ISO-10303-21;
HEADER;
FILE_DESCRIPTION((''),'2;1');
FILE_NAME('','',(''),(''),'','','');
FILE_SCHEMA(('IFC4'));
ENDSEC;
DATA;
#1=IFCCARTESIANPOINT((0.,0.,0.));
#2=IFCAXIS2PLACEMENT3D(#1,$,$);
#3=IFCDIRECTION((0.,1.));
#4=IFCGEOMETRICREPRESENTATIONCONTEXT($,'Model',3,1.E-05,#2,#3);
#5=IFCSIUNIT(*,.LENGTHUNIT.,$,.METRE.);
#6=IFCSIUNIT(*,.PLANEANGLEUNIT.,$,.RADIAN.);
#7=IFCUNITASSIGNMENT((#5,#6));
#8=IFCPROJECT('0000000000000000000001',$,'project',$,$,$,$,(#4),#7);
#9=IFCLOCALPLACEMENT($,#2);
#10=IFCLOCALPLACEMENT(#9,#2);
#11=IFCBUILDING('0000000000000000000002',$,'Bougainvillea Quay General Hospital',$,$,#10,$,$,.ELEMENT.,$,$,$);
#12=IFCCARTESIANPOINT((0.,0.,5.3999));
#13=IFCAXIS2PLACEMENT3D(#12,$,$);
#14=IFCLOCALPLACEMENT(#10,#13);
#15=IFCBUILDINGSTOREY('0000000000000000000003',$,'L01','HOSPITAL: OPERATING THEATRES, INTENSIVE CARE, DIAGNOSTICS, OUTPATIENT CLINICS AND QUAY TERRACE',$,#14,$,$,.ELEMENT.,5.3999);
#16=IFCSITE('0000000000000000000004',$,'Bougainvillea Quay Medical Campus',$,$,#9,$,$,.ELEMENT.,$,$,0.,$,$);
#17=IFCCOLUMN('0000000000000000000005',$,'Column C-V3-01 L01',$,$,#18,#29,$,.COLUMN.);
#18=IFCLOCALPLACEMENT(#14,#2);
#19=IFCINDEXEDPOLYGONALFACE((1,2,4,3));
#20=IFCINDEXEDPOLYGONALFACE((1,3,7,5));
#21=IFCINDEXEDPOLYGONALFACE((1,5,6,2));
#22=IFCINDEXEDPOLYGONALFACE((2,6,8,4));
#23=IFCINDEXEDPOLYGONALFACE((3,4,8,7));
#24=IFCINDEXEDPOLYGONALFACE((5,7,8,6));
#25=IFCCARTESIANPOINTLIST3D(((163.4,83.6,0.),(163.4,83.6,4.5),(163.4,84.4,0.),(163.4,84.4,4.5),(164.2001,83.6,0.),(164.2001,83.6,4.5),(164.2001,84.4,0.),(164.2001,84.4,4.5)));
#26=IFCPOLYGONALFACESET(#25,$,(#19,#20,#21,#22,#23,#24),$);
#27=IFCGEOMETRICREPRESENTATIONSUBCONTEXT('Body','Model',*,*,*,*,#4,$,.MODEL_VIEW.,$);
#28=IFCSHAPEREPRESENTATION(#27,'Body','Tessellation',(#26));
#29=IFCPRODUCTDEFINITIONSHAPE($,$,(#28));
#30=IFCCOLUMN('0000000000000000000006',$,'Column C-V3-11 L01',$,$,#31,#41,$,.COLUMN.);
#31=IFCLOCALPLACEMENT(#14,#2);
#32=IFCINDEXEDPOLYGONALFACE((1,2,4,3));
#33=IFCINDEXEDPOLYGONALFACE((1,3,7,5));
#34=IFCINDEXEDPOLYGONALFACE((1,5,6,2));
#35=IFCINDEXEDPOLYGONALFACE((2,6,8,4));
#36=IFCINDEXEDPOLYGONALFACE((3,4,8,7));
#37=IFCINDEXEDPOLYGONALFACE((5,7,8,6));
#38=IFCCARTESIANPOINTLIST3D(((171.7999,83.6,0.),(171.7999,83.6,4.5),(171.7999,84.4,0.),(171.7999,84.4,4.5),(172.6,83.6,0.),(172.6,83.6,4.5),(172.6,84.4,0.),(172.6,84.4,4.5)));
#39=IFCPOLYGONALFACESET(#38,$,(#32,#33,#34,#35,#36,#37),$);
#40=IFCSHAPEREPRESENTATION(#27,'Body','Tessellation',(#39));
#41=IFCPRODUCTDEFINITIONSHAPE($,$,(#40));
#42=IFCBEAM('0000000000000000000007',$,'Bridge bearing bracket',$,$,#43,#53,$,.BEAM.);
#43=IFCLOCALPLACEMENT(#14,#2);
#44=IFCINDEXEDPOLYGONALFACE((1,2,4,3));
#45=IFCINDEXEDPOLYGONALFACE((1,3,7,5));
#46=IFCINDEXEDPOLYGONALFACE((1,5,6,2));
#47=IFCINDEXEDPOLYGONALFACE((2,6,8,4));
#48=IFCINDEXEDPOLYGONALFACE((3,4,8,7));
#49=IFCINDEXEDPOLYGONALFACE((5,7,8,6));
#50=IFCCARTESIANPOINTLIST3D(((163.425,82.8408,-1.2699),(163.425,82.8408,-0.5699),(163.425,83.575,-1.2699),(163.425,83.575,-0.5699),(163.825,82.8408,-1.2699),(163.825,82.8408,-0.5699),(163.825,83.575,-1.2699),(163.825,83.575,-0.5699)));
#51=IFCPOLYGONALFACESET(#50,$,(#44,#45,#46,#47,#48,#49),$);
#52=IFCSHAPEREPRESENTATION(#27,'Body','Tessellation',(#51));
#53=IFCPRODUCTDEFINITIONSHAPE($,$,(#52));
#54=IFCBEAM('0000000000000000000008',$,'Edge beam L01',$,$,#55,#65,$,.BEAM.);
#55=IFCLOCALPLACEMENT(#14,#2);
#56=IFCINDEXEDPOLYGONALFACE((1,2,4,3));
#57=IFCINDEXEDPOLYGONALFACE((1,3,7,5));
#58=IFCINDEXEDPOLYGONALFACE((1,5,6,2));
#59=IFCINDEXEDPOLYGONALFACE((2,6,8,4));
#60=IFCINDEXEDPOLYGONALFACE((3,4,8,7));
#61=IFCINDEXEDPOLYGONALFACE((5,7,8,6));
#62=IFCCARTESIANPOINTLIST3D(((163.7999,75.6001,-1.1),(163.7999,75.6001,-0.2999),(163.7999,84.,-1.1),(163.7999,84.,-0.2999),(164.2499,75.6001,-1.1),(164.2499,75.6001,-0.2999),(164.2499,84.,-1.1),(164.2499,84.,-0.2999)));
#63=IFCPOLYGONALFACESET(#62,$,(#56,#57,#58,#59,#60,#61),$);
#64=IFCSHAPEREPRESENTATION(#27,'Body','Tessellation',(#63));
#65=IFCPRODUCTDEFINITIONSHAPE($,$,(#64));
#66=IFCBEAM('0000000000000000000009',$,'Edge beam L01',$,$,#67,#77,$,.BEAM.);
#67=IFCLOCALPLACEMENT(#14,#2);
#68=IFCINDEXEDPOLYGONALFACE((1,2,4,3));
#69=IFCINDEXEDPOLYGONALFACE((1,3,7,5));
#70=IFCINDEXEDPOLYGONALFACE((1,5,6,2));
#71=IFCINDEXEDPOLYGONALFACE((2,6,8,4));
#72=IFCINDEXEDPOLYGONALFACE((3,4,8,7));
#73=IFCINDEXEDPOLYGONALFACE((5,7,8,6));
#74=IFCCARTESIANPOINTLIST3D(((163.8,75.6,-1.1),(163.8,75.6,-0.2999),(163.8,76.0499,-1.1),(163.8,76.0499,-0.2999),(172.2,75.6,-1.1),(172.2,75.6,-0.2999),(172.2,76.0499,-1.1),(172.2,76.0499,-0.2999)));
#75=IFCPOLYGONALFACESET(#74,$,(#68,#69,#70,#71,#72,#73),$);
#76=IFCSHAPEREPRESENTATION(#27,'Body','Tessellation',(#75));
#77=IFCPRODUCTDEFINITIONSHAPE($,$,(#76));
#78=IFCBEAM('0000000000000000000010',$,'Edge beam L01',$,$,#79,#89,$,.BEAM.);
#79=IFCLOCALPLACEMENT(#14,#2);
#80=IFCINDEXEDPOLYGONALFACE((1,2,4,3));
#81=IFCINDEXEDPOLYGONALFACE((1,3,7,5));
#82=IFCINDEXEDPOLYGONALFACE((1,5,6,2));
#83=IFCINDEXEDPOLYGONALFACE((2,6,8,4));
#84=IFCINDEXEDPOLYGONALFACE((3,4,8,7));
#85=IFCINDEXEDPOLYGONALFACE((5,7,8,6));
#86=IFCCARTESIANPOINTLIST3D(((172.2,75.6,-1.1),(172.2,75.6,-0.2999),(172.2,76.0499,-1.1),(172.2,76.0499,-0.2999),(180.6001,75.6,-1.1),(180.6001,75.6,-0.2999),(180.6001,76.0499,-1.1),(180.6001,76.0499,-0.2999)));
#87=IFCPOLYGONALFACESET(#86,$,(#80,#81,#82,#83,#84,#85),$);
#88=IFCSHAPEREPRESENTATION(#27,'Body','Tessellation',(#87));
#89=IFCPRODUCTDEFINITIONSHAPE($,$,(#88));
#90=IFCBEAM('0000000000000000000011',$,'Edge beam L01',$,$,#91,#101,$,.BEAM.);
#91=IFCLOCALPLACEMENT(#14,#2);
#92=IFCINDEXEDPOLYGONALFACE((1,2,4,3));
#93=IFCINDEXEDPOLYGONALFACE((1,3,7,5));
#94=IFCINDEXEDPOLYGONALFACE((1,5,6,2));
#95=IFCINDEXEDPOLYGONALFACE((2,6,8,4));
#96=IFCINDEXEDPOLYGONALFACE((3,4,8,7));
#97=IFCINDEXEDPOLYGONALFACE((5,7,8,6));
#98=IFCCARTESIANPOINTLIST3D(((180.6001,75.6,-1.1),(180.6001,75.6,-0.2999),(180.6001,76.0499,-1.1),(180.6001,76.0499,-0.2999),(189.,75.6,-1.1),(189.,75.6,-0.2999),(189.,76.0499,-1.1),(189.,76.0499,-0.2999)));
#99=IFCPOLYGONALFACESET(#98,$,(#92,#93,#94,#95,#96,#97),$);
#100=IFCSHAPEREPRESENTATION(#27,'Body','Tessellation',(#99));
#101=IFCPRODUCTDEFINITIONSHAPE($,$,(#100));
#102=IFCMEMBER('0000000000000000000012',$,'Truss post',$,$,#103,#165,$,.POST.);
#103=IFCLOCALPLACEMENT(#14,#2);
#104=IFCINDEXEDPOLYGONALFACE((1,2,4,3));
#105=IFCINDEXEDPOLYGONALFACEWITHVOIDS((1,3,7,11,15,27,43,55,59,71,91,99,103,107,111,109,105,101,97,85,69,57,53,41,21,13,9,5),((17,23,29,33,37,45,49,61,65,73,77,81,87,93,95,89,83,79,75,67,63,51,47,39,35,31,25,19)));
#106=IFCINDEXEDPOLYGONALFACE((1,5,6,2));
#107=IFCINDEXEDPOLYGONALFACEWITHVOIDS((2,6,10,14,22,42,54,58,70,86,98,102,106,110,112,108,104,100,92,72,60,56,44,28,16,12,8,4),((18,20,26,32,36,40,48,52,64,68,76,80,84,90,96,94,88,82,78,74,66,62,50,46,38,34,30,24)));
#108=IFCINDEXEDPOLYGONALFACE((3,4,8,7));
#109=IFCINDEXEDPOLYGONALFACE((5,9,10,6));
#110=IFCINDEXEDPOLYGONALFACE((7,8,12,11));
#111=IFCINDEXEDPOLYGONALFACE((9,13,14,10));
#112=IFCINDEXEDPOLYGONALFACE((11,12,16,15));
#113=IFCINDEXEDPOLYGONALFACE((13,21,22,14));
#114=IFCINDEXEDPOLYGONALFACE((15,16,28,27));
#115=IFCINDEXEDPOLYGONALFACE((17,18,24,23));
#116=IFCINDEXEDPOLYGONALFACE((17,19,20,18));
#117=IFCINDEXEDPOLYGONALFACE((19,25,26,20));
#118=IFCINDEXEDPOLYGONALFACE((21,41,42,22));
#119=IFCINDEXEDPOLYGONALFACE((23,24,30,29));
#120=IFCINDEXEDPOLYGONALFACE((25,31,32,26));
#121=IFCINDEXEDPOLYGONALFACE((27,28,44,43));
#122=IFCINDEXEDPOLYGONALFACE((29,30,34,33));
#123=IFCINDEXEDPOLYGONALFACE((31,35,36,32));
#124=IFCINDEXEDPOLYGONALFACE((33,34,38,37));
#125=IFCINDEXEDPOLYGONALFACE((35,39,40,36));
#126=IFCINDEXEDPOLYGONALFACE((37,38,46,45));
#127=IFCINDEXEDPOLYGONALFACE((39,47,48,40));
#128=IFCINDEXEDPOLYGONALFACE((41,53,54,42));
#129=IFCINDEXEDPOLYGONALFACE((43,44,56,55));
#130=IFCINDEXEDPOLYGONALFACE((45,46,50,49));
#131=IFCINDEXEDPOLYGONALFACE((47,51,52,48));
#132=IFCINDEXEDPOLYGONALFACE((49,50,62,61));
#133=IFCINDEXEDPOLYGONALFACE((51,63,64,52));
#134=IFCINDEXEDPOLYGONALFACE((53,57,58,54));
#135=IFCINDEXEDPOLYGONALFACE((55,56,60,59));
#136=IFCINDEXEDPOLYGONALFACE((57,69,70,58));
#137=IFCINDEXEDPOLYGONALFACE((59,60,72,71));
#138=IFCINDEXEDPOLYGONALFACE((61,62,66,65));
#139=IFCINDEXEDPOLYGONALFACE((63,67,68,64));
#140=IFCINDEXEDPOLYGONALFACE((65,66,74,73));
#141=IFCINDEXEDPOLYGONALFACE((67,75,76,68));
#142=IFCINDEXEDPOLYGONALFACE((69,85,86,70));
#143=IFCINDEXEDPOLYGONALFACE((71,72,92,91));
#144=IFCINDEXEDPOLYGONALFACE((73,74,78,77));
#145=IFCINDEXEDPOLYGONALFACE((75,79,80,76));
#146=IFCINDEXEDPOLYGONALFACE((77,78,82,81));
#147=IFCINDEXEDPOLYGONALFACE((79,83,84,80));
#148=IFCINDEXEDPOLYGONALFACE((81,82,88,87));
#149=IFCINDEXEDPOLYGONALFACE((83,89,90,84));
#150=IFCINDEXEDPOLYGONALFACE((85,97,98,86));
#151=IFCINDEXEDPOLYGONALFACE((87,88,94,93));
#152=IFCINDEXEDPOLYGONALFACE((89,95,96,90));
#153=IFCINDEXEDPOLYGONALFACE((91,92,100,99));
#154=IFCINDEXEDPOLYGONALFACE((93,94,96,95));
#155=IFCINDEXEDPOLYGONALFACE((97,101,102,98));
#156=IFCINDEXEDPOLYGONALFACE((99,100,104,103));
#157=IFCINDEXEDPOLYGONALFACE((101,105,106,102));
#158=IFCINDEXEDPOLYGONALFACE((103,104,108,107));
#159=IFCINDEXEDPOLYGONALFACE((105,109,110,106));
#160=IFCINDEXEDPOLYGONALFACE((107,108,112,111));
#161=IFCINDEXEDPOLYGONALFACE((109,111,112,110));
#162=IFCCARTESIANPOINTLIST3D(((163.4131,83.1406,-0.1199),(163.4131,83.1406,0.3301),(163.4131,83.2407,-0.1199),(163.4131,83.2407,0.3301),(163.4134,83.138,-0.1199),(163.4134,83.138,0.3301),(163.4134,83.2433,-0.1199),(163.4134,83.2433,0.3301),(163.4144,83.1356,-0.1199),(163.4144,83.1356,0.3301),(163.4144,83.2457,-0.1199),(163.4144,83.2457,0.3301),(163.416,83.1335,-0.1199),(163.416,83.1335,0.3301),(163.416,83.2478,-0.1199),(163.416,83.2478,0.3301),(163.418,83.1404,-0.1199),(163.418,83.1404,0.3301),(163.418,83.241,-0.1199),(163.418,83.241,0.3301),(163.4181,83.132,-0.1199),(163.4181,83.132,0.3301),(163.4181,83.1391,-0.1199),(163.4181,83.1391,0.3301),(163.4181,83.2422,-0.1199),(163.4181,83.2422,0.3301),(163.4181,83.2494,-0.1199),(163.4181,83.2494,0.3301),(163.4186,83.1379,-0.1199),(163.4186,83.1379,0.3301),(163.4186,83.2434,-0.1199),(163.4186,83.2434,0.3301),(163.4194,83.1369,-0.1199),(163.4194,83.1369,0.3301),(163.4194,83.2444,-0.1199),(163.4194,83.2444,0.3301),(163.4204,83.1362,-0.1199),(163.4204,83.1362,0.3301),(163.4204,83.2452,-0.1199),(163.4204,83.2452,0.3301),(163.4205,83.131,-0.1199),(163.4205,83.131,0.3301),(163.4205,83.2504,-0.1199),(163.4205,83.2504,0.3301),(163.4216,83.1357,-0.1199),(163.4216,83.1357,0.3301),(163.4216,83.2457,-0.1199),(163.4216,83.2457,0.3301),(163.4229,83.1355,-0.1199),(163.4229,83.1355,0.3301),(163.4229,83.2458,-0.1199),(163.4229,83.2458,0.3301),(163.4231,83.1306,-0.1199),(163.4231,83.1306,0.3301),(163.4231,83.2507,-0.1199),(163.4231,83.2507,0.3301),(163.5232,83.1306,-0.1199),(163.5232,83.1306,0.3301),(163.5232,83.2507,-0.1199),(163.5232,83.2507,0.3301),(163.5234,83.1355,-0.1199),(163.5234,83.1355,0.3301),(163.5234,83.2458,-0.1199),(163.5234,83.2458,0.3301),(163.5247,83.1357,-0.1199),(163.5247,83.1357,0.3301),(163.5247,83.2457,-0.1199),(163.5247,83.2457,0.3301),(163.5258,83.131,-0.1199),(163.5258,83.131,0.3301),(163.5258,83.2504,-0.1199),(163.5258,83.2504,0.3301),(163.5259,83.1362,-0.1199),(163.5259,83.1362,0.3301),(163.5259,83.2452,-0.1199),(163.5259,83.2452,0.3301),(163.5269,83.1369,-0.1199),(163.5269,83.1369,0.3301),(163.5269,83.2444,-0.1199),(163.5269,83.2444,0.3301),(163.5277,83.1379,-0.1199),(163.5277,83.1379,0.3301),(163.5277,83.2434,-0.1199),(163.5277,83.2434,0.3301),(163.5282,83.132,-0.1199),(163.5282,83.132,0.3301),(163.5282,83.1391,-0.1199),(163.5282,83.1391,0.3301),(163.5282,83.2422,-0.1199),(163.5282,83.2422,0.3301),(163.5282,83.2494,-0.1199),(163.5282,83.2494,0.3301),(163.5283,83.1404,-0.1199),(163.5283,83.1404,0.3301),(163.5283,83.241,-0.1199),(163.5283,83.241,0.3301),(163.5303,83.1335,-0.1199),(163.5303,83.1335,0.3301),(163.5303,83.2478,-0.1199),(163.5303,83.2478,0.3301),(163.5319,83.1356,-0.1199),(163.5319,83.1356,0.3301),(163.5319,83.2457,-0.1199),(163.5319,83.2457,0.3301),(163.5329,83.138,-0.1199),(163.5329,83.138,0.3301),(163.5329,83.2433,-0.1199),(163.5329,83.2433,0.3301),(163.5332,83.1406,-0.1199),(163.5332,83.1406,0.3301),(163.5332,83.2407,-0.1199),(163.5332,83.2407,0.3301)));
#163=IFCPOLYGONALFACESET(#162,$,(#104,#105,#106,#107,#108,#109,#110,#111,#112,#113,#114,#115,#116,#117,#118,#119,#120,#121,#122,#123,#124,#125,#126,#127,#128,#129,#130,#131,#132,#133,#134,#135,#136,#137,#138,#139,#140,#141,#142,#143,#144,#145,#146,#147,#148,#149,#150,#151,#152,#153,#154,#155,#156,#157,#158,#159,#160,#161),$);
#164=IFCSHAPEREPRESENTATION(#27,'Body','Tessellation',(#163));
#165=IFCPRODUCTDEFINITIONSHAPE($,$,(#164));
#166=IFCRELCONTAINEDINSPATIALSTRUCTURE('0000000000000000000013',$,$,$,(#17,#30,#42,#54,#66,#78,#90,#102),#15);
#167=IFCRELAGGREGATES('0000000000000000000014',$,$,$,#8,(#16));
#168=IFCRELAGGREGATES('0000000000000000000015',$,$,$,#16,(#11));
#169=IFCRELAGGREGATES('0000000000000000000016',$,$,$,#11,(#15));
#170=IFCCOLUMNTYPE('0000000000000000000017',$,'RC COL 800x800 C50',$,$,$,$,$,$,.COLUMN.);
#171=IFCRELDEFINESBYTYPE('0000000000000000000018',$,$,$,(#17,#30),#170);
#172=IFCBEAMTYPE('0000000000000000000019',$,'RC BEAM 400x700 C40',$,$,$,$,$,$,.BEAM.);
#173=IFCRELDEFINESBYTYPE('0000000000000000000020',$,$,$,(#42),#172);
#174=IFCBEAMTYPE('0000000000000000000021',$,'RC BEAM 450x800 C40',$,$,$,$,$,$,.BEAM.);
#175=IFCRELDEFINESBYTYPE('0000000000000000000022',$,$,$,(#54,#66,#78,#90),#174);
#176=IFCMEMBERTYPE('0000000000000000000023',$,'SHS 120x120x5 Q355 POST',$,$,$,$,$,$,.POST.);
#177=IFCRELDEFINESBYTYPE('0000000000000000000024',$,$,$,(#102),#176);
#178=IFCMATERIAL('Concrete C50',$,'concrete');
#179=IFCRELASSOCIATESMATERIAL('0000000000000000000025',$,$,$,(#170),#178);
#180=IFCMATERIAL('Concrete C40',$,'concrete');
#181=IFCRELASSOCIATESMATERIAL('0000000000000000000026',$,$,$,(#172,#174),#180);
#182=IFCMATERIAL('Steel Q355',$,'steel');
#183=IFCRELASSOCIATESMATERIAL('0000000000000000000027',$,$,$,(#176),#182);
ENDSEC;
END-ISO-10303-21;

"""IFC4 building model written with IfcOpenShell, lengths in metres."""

from ifc_helpers import new_model, si_unit, direction, frame, origin, origin_2d, place, context, subcontext, project, spatial, rectangle, hollow_rectangle, extrude, material, material_profile, profile_set, type_object, element, save


model = new_model("IFC4")

# Units and contexts
model_context = context("Model", 3, precision=1e-05, world=origin(), true_north=direction((0.0, 1.0)))
body_context = subcontext(model_context, "Body", "Model", "MODEL_VIEW")
ifc_project = project(units=[si_unit("LENGTHUNIT", "METRE"), si_unit("PLANEANGLEUNIT", "RADIAN")], contexts=[model_context])

# Site, building, storey
site_placement = place(None, origin())
site = spatial("IfcSite", under=ifc_project, at=site_placement, Name="Bougainvillea Quay Medical Campus", CompositionType="ELEMENT", RefElevation=0.0)
building_placement = place(site_placement, origin())
building = spatial("IfcBuilding", under=site, at=building_placement, Name="Bougainvillea Quay General Hospital", CompositionType="ELEMENT")
storey_placement = place(building_placement, frame((0.0, 0.0, 5.3999)))
storey = spatial("IfcBuildingStorey", under=building, at=storey_placement, Name="L01", Description="HOSPITAL: OPERATING THEATRES, INTENSIVE CARE, DIAGNOSTICS, OUTPATIENT CLINICS AND QUAY TERRACE", CompositionType="ELEMENT", Elevation=5.3999)

# Columns
ifc_material_1 = material(Name="Concrete C50", Category="concrete")
ifc_material_profile_1 = material_profile(ifc_material_1, rectangle(XDim=0.8, YDim=0.8, at=origin_2d()))
ifc_profile_set_1 = profile_set([ifc_material_profile_1], Name="Concrete C50")
column_type = type_object("IfcColumnType", Name="RC COL 800x800 C50", PredefinedType="COLUMN", material=ifc_profile_set_1)
for number, where, z_axis, x_axis, name in (
    (1, (163.8, 84.0, 0.0), (0.0, 0.0, 1.0), (1.0, 0.0, 0.0), "Column C-V3-01 L01"),
    (2, (172.2, 84.0, 0.0), (0.0, 0.0, 1.0), (1.0, 0.0, 0.0), "Column C-V3-11 L01"),
):
    element("IfcColumn", number, at=place(storey_placement, frame(where, z_axis=z_axis, x_axis=x_axis)), inside=storey, type_object=column_type, Name=name, PredefinedType="COLUMN", context=body_context, shape_type="SweptSolid", body=[
        extrude(rectangle(XDim=0.8, YDim=0.8, at=origin_2d()), origin(), (0.0, 0.0, 1.0), 4.5),
    ])

# Beams
ifc_material_2 = material(Name="Concrete C40", Category="concrete")
ifc_material_profile_2 = material_profile(ifc_material_2, rectangle(XDim=0.3999, YDim=0.7, at=origin_2d()))
ifc_profile_set_2 = profile_set([ifc_material_profile_2], Name="Concrete C40")
beam_type_1 = type_object("IfcBeamType", Name="RC BEAM 400x700 C40", PredefinedType="BEAM", material=ifc_profile_set_2)
beam_1_placement = place(storey_placement, frame((163.625, 83.575, -0.9199), z_axis=(0.0, -1.0, 0.0), x_axis=(1.0, 0.0, 0.0)))
element("IfcBeam", 3, at=beam_1_placement, inside=storey, type_object=beam_type_1, Name="Bridge bearing bracket", PredefinedType="BEAM", context=body_context, shape_type="SweptSolid", body=[
    extrude(rectangle(XDim=0.3999, YDim=0.7, at=origin_2d()), origin(), (0.0, 0.0, 1.0), 0.7341),
])
ifc_material_profile_3 = material_profile(ifc_material_2, rectangle(XDim=0.45, YDim=0.8, at=origin_2d()))
ifc_profile_set_3 = profile_set([ifc_material_profile_3], Name="Concrete C40")
beam_type_2 = type_object("IfcBeamType", Name="RC BEAM 450x800 C40", PredefinedType="BEAM", material=ifc_profile_set_3)
for number, where, z_axis, x_axis, name in (
    (4, (164.0249, 84.0, -0.7), (0.0, -1.0, 0.0), (1.0, 0.0, 0.0), "Edge beam L01"),
    (5, (163.8, 75.825, -0.7), (1.0, 0.0, 0.0), (0.0, 1.0, 0.0), "Edge beam L01"),
):
    element("IfcBeam", number, at=place(storey_placement, frame(where, z_axis=z_axis, x_axis=x_axis)), inside=storey, type_object=beam_type_2, Name=name, PredefinedType="BEAM", context=body_context, shape_type="SweptSolid", body=[
        extrude(rectangle(XDim=0.45, YDim=0.8, at=origin_2d()), origin(), (0.0, 0.0, 1.0), 8.3999),
    ])
beam_2_placement = place(storey_placement, frame((172.2, 75.825, -0.7), z_axis=(1.0, 0.0, 0.0), x_axis=(0.0, 1.0, 0.0)))
element("IfcBeam", 6, at=beam_2_placement, inside=storey, type_object=beam_type_2, Name="Edge beam L01", PredefinedType="BEAM", context=body_context, shape_type="SweptSolid", body=[
    extrude(rectangle(XDim=0.45, YDim=0.8, at=origin_2d()), origin(), (0.0, 0.0, 1.0), 8.4001),
])
beam_3_placement = place(storey_placement, frame((180.6001, 75.825, -0.7), z_axis=(1.0, 0.0, 0.0), x_axis=(0.0, 1.0, 0.0)))
element("IfcBeam", 7, at=beam_3_placement, inside=storey, type_object=beam_type_2, Name="Edge beam L01", PredefinedType="BEAM", context=body_context, shape_type="SweptSolid", body=[
    extrude(rectangle(XDim=0.45, YDim=0.8, at=origin_2d()), origin(), (0.0, 0.0, 1.0), 8.3999),
])

# Member
ifc_material_3 = material(Name="Steel Q355", Category="steel")
ifc_material_profile_4 = material_profile(ifc_material_3, hollow_rectangle(XDim=0.1201, YDim=0.1201, WallThickness=0.0049, InnerFilletRadius=0.0049, OuterFilletRadius=0.01, at=origin_2d()))
ifc_profile_set_4 = profile_set([ifc_material_profile_4], Name="Steel Q355")
member_type = type_object("IfcMemberType", Name="SHS 120x120x5 Q355 POST", PredefinedType="POST", material=ifc_profile_set_4)
member_placement = place(storey_placement, frame((163.4731, 83.1907, -0.1199), z_axis=(0.0, 0.0, 1.0), x_axis=(1.0, 0.0, 0.0)))
element("IfcMember", 8, at=member_placement, inside=storey, type_object=member_type, Name="Truss post", PredefinedType="POST", context=body_context, shape_type="SweptSolid", body=[
    extrude(hollow_rectangle(XDim=0.1201, YDim=0.1201, WallThickness=0.0049, InnerFilletRadius=0.0049, OuterFilletRadius=0.01, at=origin_2d()), origin(), (0.0, 0.0, 1.0), 0.45),
])

save(model, "model.ifc")
